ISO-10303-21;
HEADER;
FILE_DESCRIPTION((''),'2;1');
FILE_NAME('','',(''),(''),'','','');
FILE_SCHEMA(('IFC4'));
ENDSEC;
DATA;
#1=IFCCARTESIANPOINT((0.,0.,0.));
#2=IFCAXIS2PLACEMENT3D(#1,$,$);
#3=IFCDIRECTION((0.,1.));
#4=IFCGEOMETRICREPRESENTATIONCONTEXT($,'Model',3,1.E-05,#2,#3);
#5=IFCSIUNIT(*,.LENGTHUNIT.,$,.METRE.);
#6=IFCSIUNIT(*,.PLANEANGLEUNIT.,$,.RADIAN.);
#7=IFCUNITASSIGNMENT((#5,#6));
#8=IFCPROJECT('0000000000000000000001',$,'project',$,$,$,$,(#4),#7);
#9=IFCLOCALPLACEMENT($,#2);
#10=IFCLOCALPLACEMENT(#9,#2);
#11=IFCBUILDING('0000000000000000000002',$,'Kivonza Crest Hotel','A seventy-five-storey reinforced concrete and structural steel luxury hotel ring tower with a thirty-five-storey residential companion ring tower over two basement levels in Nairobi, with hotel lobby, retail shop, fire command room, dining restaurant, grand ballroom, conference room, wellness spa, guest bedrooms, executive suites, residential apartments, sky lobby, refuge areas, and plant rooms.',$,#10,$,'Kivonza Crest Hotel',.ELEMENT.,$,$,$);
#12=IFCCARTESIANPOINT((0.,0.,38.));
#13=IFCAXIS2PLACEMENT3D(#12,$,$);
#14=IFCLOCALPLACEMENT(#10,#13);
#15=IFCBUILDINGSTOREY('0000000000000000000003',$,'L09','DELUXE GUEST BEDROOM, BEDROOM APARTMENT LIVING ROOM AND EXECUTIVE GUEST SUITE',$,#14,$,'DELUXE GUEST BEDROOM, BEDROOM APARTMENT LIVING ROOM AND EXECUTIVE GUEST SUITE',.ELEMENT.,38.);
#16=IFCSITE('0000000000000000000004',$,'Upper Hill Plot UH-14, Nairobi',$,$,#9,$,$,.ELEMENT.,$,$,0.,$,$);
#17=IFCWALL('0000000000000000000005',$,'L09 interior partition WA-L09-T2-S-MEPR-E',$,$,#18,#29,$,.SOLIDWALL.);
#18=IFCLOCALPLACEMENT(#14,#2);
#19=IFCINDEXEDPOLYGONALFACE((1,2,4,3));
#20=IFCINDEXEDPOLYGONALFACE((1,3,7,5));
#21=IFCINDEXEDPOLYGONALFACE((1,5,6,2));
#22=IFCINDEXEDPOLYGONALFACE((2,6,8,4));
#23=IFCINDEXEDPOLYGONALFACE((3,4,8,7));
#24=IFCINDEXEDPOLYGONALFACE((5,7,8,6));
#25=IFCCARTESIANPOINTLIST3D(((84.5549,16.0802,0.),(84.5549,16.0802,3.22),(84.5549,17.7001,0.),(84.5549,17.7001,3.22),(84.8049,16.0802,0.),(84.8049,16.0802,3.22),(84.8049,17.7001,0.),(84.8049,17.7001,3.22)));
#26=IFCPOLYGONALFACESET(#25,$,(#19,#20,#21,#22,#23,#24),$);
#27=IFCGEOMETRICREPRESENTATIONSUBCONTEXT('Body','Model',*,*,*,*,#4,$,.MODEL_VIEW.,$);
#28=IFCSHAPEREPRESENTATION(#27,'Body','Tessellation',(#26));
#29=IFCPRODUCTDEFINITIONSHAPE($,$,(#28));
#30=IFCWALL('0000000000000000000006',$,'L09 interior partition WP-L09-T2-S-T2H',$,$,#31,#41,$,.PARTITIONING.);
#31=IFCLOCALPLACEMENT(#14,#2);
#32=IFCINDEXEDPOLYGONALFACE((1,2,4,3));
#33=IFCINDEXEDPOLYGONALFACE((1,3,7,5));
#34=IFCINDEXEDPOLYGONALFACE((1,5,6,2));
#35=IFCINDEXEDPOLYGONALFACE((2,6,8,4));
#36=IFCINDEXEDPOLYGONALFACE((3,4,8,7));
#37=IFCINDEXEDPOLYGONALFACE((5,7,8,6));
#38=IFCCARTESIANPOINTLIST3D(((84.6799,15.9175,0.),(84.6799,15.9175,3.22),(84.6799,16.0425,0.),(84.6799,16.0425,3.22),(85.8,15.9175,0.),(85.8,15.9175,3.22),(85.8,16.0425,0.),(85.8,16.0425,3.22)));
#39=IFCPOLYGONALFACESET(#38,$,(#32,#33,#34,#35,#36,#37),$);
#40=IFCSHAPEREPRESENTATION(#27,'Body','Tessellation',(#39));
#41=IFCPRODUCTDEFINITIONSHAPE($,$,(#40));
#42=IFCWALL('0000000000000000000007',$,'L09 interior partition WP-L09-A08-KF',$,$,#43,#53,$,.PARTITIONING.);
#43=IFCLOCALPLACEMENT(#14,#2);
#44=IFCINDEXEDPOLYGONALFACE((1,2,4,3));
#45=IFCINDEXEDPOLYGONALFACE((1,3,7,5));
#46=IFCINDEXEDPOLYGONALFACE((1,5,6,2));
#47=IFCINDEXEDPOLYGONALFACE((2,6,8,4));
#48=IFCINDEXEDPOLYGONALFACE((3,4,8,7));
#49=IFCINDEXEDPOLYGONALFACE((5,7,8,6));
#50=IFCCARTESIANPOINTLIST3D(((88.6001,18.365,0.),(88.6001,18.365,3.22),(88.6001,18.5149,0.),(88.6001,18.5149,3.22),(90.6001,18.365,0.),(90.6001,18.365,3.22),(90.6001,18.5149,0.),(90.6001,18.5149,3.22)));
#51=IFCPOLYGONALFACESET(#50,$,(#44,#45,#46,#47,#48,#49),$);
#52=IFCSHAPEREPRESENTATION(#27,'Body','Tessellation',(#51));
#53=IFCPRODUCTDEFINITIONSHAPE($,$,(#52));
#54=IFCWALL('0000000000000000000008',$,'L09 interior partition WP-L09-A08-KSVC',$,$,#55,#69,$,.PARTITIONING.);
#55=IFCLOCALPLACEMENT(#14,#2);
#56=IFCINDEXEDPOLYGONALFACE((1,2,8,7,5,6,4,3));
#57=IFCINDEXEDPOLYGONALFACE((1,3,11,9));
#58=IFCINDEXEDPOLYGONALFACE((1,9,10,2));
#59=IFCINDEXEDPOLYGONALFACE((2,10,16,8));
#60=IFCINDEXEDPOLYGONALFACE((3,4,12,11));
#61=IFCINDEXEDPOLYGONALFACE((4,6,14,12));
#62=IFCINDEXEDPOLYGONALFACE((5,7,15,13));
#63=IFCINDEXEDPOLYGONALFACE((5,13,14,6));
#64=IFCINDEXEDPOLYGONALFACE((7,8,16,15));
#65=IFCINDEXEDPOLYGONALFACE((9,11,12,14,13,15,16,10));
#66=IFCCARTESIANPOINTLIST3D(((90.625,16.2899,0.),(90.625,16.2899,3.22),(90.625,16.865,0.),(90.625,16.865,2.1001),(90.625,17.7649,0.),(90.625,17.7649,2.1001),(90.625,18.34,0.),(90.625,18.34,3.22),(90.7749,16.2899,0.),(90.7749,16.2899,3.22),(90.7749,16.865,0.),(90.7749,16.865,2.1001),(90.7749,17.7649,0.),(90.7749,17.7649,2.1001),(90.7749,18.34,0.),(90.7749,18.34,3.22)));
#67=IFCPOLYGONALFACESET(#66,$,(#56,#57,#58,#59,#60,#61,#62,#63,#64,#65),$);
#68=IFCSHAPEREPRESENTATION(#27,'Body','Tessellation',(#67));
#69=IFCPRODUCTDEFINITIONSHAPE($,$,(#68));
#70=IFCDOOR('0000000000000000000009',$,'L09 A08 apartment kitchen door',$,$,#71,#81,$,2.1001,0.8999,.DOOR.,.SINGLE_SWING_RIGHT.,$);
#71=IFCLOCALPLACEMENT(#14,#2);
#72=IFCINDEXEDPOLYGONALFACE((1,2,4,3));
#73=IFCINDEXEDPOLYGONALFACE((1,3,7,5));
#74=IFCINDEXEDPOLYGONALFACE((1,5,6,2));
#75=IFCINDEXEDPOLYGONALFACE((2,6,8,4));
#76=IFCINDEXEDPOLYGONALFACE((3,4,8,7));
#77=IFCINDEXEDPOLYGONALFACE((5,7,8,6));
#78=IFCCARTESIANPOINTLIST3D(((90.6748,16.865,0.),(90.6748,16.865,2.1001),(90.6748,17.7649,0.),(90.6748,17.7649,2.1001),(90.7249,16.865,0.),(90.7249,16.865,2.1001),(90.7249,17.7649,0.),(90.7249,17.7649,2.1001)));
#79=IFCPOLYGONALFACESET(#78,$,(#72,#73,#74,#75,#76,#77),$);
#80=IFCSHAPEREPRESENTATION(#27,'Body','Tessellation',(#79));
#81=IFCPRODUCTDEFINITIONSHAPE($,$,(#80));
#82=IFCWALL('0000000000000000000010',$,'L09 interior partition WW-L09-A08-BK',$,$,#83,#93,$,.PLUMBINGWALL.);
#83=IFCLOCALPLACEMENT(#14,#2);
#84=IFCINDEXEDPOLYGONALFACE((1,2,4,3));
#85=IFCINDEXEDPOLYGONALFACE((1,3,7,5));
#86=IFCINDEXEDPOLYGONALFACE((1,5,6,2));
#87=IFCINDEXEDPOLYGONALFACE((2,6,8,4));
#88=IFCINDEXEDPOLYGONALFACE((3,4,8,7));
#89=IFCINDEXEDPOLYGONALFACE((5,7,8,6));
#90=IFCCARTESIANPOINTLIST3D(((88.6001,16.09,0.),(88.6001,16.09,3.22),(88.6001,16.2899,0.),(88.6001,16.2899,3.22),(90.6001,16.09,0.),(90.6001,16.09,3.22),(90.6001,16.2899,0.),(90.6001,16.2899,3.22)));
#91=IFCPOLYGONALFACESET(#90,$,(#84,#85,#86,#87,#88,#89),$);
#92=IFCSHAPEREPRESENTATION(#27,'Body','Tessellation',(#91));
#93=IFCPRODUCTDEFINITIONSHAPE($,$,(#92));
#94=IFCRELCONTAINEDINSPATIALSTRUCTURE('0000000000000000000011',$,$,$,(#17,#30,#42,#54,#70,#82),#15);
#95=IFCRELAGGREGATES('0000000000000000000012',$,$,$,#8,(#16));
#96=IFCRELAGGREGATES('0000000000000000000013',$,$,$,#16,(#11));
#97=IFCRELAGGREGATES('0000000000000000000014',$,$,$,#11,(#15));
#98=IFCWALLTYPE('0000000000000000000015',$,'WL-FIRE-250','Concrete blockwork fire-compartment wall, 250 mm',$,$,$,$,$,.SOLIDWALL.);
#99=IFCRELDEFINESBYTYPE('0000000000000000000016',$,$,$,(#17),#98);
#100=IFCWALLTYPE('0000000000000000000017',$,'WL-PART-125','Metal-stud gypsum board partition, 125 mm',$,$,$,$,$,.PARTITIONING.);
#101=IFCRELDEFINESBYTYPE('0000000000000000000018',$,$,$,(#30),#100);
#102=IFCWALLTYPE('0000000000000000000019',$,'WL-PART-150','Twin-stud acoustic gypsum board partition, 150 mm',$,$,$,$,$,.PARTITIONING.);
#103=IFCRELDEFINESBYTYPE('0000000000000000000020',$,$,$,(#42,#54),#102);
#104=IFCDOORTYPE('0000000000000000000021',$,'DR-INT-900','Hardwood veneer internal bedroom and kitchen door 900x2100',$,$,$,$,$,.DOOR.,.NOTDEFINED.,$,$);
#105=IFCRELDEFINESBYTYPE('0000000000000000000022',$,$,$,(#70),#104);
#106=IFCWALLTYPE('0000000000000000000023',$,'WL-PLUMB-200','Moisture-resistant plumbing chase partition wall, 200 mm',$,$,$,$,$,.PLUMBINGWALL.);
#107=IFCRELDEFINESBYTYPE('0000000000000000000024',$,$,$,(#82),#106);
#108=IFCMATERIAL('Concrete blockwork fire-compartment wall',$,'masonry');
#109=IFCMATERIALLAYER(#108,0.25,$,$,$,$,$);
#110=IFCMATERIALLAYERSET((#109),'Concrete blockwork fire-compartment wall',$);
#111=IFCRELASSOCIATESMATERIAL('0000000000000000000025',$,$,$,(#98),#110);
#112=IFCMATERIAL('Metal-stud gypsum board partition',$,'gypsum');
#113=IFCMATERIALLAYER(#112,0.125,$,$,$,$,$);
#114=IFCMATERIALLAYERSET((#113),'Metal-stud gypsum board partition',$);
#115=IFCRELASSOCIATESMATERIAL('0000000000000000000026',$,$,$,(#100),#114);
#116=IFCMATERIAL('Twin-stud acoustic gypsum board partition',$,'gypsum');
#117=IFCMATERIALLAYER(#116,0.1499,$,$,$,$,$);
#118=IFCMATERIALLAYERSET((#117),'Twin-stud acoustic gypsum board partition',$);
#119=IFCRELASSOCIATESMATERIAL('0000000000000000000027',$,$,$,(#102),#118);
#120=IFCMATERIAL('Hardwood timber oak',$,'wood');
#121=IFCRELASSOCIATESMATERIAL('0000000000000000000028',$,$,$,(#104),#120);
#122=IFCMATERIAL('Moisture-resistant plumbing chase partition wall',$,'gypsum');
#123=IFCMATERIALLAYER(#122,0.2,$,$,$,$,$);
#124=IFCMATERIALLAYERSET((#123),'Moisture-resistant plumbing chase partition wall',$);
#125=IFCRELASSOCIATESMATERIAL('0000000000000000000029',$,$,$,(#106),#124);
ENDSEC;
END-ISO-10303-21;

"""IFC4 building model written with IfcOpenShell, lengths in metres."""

from ifc_helpers import new_model, si_unit, direction, frame, frame_2d, origin, place, context, subcontext, project, spatial, rectangle, extrude, material, layer, layer_set, type_object, element, fill, save


model = new_model("IFC4")

# Units and contexts
model_context = context("Model", 3, precision=1e-05, world=origin(), true_north=direction((0.0, 1.0)))
body_context = subcontext(model_context, "Body", "Model", "MODEL_VIEW")
ifc_project = project(units=[si_unit("LENGTHUNIT", "METRE"), si_unit("PLANEANGLEUNIT", "RADIAN")], contexts=[model_context])

# Site, building, storey
site_placement = place(None, origin())
site = spatial("IfcSite", under=ifc_project, at=site_placement, Name="Upper Hill Plot UH-14, Nairobi", CompositionType="ELEMENT", RefElevation=0.0)
building_placement = place(site_placement, origin())
building = spatial("IfcBuilding", under=site, at=building_placement, Name="Kivonza Crest Hotel", Description="A seventy-five-storey reinforced concrete and structural steel luxury hotel ring tower with a thirty-five-storey residential companion ring tower over two basement levels in Nairobi, with hotel lobby, retail shop, fire command room, dining restaurant, grand ballroom, conference room, wellness spa, guest bedrooms, executive suites, residential apartments, sky lobby, refuge areas, and plant rooms.", LongName="Kivonza Crest Hotel", CompositionType="ELEMENT")
storey_placement = place(building_placement, frame((0.0, 0.0, 38.0)))
storey = spatial("IfcBuildingStorey", under=building, at=storey_placement, Name="L09", Description="DELUXE GUEST BEDROOM, BEDROOM APARTMENT LIVING ROOM AND EXECUTIVE GUEST SUITE", LongName="DELUXE GUEST BEDROOM, BEDROOM APARTMENT LIVING ROOM AND EXECUTIVE GUEST SUITE", CompositionType="ELEMENT", Elevation=38.0)

# Shared definitions
ifc_material_1 = material(Name="Hardwood timber oak", Category="wood")

# Walls
ifc_material_2 = material(Name="Concrete blockwork fire-compartment wall", Category="masonry")
ifc_layer_1 = layer(ifc_material_2, 0.25)
ifc_layer_set_1 = layer_set([ifc_layer_1], Name="Concrete blockwork fire-compartment wall")
wall_type_1 = type_object("IfcWallType", Name="WL-FIRE-250", Description="Concrete blockwork fire-compartment wall, 250 mm", PredefinedType="SOLIDWALL", material=ifc_layer_set_1)
wall_1_placement = place(storey_placement, frame((84.6799, 16.0801, 0.0), z_axis=(0.0, 0.0, 1.0), x_axis=(0.0, 1.0, 0.0)))
element("IfcWall", 1, at=wall_1_placement, inside=storey, type_object=wall_type_1, Name="L09 interior partition WA-L09-T2-S-MEPR-E", PredefinedType="SOLIDWALL", context=body_context, shape_type="SweptSolid", body=[
    extrude(rectangle(XDim=1.6199, YDim=0.25, at=frame_2d((0.8101, 0.0))), origin(), (0.0, 0.0, 1.0), 3.22),
])
ifc_material_3 = material(Name="Metal-stud gypsum board partition", Category="gypsum")
ifc_layer_2 = layer(ifc_material_3, 0.125)
ifc_layer_set_2 = layer_set([ifc_layer_2], Name="Metal-stud gypsum board partition")
wall_type_2 = type_object("IfcWallType", Name="WL-PART-125", Description="Metal-stud gypsum board partition, 125 mm", PredefinedType="PARTITIONING", material=ifc_layer_set_2)
wall_2_placement = place(storey_placement, frame((84.6799, 15.98, 0.0), z_axis=(0.0, 0.0, 1.0), x_axis=(1.0, 0.0, 0.0)))
element("IfcWall", 2, at=wall_2_placement, inside=storey, type_object=wall_type_2, Name="L09 interior partition WP-L09-T2-S-T2H", PredefinedType="PARTITIONING", context=body_context, shape_type="SweptSolid", body=[
    extrude(rectangle(XDim=1.1201, YDim=0.125, at=frame_2d((0.5601, 0.0))), origin(), (0.0, 0.0, 1.0), 3.22),
])
ifc_material_4 = material(Name="Twin-stud acoustic gypsum board partition", Category="gypsum")
ifc_layer_3 = layer(ifc_material_4, 0.1499)
ifc_layer_set_3 = layer_set([ifc_layer_3], Name="Twin-stud acoustic gypsum board partition")
wall_type_3 = type_object("IfcWallType", Name="WL-PART-150", Description="Twin-stud acoustic gypsum board partition, 150 mm", PredefinedType="PARTITIONING", material=ifc_layer_set_3)
wall_3_placement = place(storey_placement, frame((88.6001, 18.4399, 0.0), z_axis=(0.0, 0.0, 1.0), x_axis=(1.0, 0.0, 0.0)))
element("IfcWall", 3, at=wall_3_placement, inside=storey, type_object=wall_type_3, Name="L09 interior partition WP-L09-A08-KF", PredefinedType="PARTITIONING", context=body_context, shape_type="SweptSolid", body=[
    extrude(rectangle(XDim=2.0, YDim=0.1499, at=frame_2d((1.0, 0.0))), origin(), (0.0, 0.0, 1.0), 3.22),
])

# Wall, opening, door
wall_4_placement = place(storey_placement, frame((90.7, 16.29, 0.0), z_axis=(0.0, 0.0, 1.0), x_axis=(0.0, 1.0, 0.0)))
wall_4 = element("IfcWall", 4, at=wall_4_placement, inside=storey, type_object=wall_type_3, Name="L09 interior partition WP-L09-A08-KSVC", PredefinedType="PARTITIONING", context=body_context, shape_type="SweptSolid", body=[
    extrude(rectangle(XDim=2.05, YDim=0.1499, at=frame_2d((1.0249, 0.0))), origin(), (0.0, 0.0, 1.0), 3.22),
])
opening_1_placement = place(wall_4_placement, frame((0.575, 0.0, 0.0)))
opening_1 = element("IfcOpeningElement", 5, at=opening_1_placement, cuts=wall_4, PredefinedType="OPENING", context=body_context, shape_type="SweptSolid", body=[
    extrude(rectangle(XDim=0.8999, YDim=2.1001, at=frame_2d((0.45, 1.05))), frame((0.0, 0.085, 0.0), z_axis=(0.0, -1.0, 0.0), x_axis=(1.0, 0.0, 0.0)), (0.0, 0.0, 1.0), 0.1699),
])
door_type_1 = type_object("IfcDoorType", Name="DR-INT-900", Description="Hardwood veneer internal bedroom and kitchen door 900x2100", OperationType="NOTDEFINED", PredefinedType="DOOR", material=ifc_material_1)
door_1_placement = place(opening_1_placement, frame((0.8999, 0.0, 0.0), z_axis=(0.0, 0.0, 1.0), x_axis=(-1.0, 0.0, 0.0)))
door_1 = element("IfcDoor", 6, at=door_1_placement, inside=storey, type_object=door_type_1, Name="L09 A08 apartment kitchen door", OperationType="SINGLE_SWING_RIGHT", OverallHeight=2.1001, OverallWidth=0.8999, PredefinedType="DOOR", context=body_context, shape_type="SweptSolid", body=[
    extrude(rectangle(XDim=0.8999, YDim=2.1001, at=frame_2d((0.45, 1.05))), frame((0.0, 0.0249, 0.0), z_axis=(0.0, -1.0, 0.0), x_axis=(1.0, 0.0, 0.0)), (0.0, 0.0, 1.0), 0.05),
])
fill(opening_1, door_1)

# Wall
ifc_material_5 = material(Name="Moisture-resistant plumbing chase partition wall", Category="gypsum")
ifc_layer_4 = layer(ifc_material_5, 0.2)
ifc_layer_set_4 = layer_set([ifc_layer_4], Name="Moisture-resistant plumbing chase partition wall")
wall_type_4 = type_object("IfcWallType", Name="WL-PLUMB-200", Description="Moisture-resistant plumbing chase partition wall, 200 mm", PredefinedType="PLUMBINGWALL", material=ifc_layer_set_4)
wall_5_placement = place(storey_placement, frame((88.6001, 16.1899, 0.0), z_axis=(0.0, 0.0, 1.0), x_axis=(1.0, 0.0, 0.0)))
element("IfcWall", 7, at=wall_5_placement, inside=storey, type_object=wall_type_4, Name="L09 interior partition WW-L09-A08-BK", PredefinedType="PLUMBINGWALL", context=body_context, shape_type="SweptSolid", body=[
    extrude(rectangle(XDim=2.0, YDim=0.2, at=frame_2d((1.0, 0.0))), origin(), (0.0, 0.0, 1.0), 3.22),
])

save(model, "model.ifc")
